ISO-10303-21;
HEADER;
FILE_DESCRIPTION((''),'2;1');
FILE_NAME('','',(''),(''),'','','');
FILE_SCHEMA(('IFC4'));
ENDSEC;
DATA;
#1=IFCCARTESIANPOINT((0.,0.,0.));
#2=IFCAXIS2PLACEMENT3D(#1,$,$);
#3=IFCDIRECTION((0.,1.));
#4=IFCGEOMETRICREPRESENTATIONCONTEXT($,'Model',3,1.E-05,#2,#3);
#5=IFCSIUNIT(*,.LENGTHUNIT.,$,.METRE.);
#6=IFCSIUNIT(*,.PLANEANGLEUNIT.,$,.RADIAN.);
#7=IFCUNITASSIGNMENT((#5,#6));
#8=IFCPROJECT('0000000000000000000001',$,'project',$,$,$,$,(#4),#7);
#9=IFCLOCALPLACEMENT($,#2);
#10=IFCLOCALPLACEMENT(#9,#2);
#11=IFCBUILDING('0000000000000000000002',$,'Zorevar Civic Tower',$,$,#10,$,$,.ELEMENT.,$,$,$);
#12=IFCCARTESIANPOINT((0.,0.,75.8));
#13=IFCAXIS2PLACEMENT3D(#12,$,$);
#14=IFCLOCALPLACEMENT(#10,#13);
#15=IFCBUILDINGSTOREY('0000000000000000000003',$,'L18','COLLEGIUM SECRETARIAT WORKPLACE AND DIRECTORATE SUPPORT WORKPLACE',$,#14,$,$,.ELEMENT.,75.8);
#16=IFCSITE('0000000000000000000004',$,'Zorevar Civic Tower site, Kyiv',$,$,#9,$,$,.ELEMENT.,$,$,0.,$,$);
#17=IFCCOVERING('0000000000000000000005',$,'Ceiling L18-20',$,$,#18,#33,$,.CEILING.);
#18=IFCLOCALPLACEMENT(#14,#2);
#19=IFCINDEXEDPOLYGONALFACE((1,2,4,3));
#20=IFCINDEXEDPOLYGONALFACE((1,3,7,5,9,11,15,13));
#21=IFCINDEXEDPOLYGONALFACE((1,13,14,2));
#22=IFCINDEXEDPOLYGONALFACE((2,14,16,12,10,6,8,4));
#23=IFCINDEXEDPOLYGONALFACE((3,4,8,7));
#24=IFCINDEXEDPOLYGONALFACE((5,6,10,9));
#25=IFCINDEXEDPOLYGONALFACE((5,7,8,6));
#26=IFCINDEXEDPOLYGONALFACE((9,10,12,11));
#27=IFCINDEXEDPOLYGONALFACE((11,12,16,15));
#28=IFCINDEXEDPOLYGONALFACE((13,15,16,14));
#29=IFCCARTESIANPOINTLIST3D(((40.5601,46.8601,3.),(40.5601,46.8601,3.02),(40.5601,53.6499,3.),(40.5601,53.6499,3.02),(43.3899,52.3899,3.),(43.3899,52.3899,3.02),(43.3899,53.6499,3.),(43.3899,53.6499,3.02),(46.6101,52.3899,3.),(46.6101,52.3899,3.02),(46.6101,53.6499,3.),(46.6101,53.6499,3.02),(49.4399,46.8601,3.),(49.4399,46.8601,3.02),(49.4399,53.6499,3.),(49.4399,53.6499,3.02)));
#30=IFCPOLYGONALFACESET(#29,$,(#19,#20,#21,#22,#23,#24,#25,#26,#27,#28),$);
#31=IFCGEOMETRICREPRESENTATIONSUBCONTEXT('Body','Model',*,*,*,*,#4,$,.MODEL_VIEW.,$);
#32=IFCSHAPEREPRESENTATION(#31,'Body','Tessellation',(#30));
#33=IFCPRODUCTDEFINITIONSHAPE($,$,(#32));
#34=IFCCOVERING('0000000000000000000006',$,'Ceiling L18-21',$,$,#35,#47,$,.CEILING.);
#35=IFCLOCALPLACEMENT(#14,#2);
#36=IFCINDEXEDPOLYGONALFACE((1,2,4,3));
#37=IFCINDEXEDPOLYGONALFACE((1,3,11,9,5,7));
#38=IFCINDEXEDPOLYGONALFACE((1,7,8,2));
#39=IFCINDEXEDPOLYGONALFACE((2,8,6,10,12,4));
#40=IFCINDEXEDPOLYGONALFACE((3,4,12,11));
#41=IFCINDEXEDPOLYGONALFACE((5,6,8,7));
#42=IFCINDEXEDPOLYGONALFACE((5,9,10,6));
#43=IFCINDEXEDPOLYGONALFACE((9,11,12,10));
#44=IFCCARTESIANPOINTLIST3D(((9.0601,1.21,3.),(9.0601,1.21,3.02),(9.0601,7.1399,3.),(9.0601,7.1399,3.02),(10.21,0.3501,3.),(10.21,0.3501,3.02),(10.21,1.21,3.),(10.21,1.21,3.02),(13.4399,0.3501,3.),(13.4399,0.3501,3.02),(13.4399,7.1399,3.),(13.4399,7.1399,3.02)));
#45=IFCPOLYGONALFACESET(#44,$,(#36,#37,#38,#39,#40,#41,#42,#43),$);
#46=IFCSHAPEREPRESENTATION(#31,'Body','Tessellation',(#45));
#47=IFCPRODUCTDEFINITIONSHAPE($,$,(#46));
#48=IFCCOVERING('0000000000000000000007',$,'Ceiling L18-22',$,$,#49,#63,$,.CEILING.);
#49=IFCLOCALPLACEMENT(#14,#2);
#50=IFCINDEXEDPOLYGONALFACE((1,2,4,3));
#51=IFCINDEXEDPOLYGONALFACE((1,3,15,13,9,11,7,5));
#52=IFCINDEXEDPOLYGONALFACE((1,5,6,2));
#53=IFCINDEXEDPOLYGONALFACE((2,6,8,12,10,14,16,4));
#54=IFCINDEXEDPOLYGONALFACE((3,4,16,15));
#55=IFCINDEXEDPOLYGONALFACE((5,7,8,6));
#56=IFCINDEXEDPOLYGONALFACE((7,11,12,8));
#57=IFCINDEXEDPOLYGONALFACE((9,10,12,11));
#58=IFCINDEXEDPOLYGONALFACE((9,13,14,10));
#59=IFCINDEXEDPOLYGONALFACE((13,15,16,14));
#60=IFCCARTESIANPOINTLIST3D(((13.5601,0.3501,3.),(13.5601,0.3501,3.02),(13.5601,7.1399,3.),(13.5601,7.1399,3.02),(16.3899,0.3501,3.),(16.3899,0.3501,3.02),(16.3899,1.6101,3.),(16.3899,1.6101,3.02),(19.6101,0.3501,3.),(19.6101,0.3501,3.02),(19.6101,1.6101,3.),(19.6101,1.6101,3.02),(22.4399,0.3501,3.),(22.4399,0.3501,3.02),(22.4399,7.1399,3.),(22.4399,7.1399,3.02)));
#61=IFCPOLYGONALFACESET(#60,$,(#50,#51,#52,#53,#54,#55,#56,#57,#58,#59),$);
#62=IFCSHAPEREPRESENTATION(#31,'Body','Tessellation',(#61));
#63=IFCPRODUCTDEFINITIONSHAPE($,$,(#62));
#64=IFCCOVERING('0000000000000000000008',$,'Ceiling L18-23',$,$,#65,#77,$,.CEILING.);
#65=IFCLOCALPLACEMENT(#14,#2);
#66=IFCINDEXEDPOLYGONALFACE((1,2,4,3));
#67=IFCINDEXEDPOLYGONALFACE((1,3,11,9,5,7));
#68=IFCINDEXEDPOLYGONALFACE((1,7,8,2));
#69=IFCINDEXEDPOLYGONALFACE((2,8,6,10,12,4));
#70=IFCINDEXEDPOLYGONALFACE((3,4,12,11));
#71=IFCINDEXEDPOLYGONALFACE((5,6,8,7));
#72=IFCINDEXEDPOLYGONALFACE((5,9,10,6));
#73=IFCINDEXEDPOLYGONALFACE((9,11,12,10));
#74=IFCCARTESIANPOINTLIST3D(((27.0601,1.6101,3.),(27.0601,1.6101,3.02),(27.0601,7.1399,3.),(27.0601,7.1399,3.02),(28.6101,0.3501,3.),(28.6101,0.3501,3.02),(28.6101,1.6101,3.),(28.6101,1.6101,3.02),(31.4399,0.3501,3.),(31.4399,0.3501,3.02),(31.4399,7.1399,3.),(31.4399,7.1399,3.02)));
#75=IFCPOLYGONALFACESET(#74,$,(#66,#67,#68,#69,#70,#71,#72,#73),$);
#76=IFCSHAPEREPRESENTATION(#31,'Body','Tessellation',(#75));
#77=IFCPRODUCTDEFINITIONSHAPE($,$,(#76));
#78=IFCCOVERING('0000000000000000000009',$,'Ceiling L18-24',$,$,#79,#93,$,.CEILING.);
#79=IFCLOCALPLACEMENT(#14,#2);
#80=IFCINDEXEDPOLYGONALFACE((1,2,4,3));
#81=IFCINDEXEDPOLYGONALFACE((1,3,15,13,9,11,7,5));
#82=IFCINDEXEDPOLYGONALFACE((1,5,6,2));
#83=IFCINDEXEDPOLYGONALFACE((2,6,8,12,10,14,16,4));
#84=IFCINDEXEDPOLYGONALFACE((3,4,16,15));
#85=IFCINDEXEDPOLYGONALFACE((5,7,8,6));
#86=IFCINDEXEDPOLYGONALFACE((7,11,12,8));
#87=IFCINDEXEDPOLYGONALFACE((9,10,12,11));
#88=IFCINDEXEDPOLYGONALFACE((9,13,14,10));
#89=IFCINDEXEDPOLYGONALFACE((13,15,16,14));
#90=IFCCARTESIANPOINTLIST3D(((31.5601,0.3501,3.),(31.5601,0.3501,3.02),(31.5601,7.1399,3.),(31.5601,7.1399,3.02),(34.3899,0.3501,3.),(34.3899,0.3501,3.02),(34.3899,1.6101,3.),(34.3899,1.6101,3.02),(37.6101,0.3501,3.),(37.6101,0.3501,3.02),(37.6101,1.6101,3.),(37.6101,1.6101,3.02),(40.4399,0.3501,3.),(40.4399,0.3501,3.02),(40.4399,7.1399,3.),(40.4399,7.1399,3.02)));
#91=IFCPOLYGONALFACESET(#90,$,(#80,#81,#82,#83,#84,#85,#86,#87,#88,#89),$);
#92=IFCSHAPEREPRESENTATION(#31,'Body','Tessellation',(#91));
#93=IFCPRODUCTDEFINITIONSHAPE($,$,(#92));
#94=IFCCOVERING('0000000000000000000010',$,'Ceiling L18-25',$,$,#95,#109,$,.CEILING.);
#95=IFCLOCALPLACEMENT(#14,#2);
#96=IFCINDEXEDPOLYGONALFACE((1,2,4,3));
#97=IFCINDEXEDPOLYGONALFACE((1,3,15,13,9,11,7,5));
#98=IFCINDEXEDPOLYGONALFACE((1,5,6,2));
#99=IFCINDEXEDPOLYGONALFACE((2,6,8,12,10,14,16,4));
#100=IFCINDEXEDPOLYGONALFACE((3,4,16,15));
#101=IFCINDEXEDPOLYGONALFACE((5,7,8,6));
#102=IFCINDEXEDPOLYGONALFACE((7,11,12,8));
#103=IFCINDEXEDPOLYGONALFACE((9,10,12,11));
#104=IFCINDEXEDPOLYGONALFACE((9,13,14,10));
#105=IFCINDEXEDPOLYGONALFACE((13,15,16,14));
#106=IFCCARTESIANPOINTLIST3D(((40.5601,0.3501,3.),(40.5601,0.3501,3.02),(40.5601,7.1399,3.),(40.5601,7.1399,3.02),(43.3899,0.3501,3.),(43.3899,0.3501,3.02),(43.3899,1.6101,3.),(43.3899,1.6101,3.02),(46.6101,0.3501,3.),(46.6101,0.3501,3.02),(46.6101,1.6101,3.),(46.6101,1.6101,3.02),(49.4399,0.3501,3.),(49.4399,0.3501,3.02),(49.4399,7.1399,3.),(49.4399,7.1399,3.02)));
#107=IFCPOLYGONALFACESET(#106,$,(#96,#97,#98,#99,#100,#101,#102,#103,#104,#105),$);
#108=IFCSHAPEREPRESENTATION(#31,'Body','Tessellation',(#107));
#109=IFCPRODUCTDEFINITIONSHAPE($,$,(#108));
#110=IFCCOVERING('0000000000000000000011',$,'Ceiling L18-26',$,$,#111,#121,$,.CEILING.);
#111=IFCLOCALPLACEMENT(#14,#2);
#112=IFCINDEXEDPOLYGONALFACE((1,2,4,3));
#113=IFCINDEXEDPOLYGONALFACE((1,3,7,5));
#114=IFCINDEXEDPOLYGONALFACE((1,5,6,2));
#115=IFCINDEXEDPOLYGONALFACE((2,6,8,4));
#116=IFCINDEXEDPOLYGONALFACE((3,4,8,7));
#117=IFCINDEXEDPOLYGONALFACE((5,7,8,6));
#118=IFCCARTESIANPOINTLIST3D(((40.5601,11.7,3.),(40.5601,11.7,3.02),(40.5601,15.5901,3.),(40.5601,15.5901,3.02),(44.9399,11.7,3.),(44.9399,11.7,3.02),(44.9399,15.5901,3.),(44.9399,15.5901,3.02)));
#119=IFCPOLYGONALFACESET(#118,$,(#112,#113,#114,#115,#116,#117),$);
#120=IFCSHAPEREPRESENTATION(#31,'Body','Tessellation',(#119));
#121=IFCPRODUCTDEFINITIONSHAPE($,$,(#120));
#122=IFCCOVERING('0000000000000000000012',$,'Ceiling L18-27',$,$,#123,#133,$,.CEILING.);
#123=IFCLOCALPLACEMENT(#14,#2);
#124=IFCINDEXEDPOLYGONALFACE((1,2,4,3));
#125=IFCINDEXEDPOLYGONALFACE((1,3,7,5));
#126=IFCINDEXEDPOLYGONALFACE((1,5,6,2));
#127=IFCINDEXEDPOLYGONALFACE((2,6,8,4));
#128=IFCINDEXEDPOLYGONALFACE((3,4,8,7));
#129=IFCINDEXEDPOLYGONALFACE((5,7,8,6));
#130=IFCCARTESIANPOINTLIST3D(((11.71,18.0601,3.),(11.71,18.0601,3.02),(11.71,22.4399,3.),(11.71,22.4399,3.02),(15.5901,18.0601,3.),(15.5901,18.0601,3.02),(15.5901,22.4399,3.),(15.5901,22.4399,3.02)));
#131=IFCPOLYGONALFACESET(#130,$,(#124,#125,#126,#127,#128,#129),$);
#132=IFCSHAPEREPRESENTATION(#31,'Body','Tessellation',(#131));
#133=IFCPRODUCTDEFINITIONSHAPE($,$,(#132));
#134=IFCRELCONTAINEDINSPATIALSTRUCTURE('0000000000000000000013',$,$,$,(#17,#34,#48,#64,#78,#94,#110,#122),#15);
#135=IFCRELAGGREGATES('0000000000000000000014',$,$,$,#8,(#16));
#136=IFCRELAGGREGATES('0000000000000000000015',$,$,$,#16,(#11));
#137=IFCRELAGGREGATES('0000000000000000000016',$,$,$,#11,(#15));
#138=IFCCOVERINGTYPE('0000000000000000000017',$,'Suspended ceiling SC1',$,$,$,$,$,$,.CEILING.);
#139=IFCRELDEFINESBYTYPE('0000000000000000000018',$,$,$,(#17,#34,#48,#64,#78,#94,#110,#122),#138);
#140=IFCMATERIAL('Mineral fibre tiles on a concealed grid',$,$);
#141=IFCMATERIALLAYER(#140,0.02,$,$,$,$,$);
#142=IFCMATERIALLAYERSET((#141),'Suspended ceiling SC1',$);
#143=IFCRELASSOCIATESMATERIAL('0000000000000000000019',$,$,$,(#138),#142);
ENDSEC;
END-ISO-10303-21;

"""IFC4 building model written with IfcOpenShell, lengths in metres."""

from ifc_helpers import new_model, si_unit, direction, frame, origin, place, context, subcontext, project, spatial, polyline, outline, extrude, material, layer, layer_set, type_object, element, save


model = new_model("IFC4")

# Units and contexts
model_context = context("Model", 3, precision=1e-05, world=origin(), true_north=direction((0.0, 1.0)))
body_context = subcontext(model_context, "Body", "Model", "MODEL_VIEW")
ifc_project = project(units=[si_unit("LENGTHUNIT", "METRE"), si_unit("PLANEANGLEUNIT", "RADIAN")], contexts=[model_context])

# Site, building, storey
site_placement = place(None, origin())
site = spatial("IfcSite", under=ifc_project, at=site_placement, Name="Zorevar Civic Tower site, Kyiv", CompositionType="ELEMENT", RefElevation=0.0)
building_placement = place(site_placement, origin())
building = spatial("IfcBuilding", under=site, at=building_placement, Name="Zorevar Civic Tower", CompositionType="ELEMENT")
storey_placement = place(building_placement, frame((0.0, 0.0, 75.8)))
storey = spatial("IfcBuildingStorey", under=building, at=storey_placement, Name="L18", Description="COLLEGIUM SECRETARIAT WORKPLACE AND DIRECTORATE SUPPORT WORKPLACE", CompositionType="ELEMENT", Elevation=75.8)

# Coverings
ifc_material_1 = material(Name="Mineral fibre tiles on a concealed grid")
ifc_layer_1 = layer(ifc_material_1, 0.02)
ifc_layer_set_1 = layer_set([ifc_layer_1], Name="Suspended ceiling SC1")
covering_type_1 = type_object("IfcCoveringType", Name="Suspended ceiling SC1", PredefinedType="CEILING", material=ifc_layer_set_1)
covering_1_placement = place(storey_placement, frame((0.0, 0.0, 3.0)))
element("IfcCovering", 1, at=covering_1_placement, inside=storey, type_object=covering_type_1, Name="Ceiling L18-20", PredefinedType="CEILING", context=body_context, shape_type="SweptSolid", body=[
    extrude(outline(polyline([(40.5601, 46.8601), (40.5601, 53.6499), (43.3899, 53.6499), (43.3899, 52.3899), (46.6101, 52.3899), (46.6101, 53.6499), (49.4399, 53.6499), (49.4399, 46.8601), (40.5601, 46.8601)])), origin(), (0.0, 0.0, 1.0), 0.02),
])
covering_2_placement = place(storey_placement, frame((0.0, 0.0, 3.0)))
element("IfcCovering", 2, at=covering_2_placement, inside=storey, type_object=covering_type_1, Name="Ceiling L18-21", PredefinedType="CEILING", context=body_context, shape_type="SweptSolid", body=[
    extrude(outline(polyline([(13.4399, 7.1399), (13.4399, 0.3501), (10.21, 0.3501), (10.21, 1.21), (9.0601, 1.21), (9.0601, 7.1399), (13.4399, 7.1399)])), origin(), (0.0, 0.0, 1.0), 0.02),
])
covering_3_placement = place(storey_placement, frame((0.0, 0.0, 3.0)))
element("IfcCovering", 3, at=covering_3_placement, inside=storey, type_object=covering_type_1, Name="Ceiling L18-22", PredefinedType="CEILING", context=body_context, shape_type="SweptSolid", body=[
    extrude(outline(polyline([(22.4399, 7.1399), (22.4399, 0.3501), (19.6101, 0.3501), (19.6101, 1.6101), (16.3899, 1.6101), (16.3899, 0.3501), (13.5601, 0.3501), (13.5601, 7.1399), (22.4399, 7.1399)])), origin(), (0.0, 0.0, 1.0), 0.02),
])
covering_4_placement = place(storey_placement, frame((0.0, 0.0, 3.0)))
element("IfcCovering", 4, at=covering_4_placement, inside=storey, type_object=covering_type_1, Name="Ceiling L18-23", PredefinedType="CEILING", context=body_context, shape_type="SweptSolid", body=[
    extrude(outline(polyline([(31.4399, 7.1399), (31.4399, 0.3501), (28.6101, 0.3501), (28.6101, 1.6101), (27.0601, 1.6101), (27.0601, 7.1399), (31.4399, 7.1399)])), origin(), (0.0, 0.0, 1.0), 0.02),
])
covering_5_placement = place(storey_placement, frame((0.0, 0.0, 3.0)))
element("IfcCovering", 5, at=covering_5_placement, inside=storey, type_object=covering_type_1, Name="Ceiling L18-24", PredefinedType="CEILING", context=body_context, shape_type="SweptSolid", body=[
    extrude(outline(polyline([(40.4399, 7.1399), (40.4399, 0.3501), (37.6101, 0.3501), (37.6101, 1.6101), (34.3899, 1.6101), (34.3899, 0.3501), (31.5601, 0.3501), (31.5601, 7.1399), (40.4399, 7.1399)])), origin(), (0.0, 0.0, 1.0), 0.02),
])
covering_6_placement = place(storey_placement, frame((0.0, 0.0, 3.0)))
element("IfcCovering", 6, at=covering_6_placement, inside=storey, type_object=covering_type_1, Name="Ceiling L18-25", PredefinedType="CEILING", context=body_context, shape_type="SweptSolid", body=[
    extrude(outline(polyline([(49.4399, 7.1399), (49.4399, 0.3501), (46.6101, 0.3501), (46.6101, 1.6101), (43.3899, 1.6101), (43.3899, 0.3501), (40.5601, 0.3501), (40.5601, 7.1399), (49.4399, 7.1399)])), origin(), (0.0, 0.0, 1.0), 0.02),
])
covering_7_placement = place(storey_placement, frame((0.0, 0.0, 3.0)))
element("IfcCovering", 7, at=covering_7_placement, inside=storey, type_object=covering_type_1, Name="Ceiling L18-26", PredefinedType="CEILING", context=body_context, shape_type="SweptSolid", body=[
    extrude(outline(polyline([(40.5601, 15.5901), (44.9399, 15.5901), (44.9399, 11.7), (40.5601, 11.7), (40.5601, 15.5901)])), origin(), (0.0, 0.0, 1.0), 0.02),
])
covering_8_placement = place(storey_placement, frame((0.0, 0.0, 3.0)))
element("IfcCovering", 8, at=covering_8_placement, inside=storey, type_object=covering_type_1, Name="Ceiling L18-27", PredefinedType="CEILING", context=body_context, shape_type="SweptSolid", body=[
    extrude(outline(polyline([(11.71, 22.4399), (15.5901, 22.4399), (15.5901, 18.0601), (11.71, 18.0601), (11.71, 22.4399)])), origin(), (0.0, 0.0, 1.0), 0.02),
])

save(model, "model.ifc")
